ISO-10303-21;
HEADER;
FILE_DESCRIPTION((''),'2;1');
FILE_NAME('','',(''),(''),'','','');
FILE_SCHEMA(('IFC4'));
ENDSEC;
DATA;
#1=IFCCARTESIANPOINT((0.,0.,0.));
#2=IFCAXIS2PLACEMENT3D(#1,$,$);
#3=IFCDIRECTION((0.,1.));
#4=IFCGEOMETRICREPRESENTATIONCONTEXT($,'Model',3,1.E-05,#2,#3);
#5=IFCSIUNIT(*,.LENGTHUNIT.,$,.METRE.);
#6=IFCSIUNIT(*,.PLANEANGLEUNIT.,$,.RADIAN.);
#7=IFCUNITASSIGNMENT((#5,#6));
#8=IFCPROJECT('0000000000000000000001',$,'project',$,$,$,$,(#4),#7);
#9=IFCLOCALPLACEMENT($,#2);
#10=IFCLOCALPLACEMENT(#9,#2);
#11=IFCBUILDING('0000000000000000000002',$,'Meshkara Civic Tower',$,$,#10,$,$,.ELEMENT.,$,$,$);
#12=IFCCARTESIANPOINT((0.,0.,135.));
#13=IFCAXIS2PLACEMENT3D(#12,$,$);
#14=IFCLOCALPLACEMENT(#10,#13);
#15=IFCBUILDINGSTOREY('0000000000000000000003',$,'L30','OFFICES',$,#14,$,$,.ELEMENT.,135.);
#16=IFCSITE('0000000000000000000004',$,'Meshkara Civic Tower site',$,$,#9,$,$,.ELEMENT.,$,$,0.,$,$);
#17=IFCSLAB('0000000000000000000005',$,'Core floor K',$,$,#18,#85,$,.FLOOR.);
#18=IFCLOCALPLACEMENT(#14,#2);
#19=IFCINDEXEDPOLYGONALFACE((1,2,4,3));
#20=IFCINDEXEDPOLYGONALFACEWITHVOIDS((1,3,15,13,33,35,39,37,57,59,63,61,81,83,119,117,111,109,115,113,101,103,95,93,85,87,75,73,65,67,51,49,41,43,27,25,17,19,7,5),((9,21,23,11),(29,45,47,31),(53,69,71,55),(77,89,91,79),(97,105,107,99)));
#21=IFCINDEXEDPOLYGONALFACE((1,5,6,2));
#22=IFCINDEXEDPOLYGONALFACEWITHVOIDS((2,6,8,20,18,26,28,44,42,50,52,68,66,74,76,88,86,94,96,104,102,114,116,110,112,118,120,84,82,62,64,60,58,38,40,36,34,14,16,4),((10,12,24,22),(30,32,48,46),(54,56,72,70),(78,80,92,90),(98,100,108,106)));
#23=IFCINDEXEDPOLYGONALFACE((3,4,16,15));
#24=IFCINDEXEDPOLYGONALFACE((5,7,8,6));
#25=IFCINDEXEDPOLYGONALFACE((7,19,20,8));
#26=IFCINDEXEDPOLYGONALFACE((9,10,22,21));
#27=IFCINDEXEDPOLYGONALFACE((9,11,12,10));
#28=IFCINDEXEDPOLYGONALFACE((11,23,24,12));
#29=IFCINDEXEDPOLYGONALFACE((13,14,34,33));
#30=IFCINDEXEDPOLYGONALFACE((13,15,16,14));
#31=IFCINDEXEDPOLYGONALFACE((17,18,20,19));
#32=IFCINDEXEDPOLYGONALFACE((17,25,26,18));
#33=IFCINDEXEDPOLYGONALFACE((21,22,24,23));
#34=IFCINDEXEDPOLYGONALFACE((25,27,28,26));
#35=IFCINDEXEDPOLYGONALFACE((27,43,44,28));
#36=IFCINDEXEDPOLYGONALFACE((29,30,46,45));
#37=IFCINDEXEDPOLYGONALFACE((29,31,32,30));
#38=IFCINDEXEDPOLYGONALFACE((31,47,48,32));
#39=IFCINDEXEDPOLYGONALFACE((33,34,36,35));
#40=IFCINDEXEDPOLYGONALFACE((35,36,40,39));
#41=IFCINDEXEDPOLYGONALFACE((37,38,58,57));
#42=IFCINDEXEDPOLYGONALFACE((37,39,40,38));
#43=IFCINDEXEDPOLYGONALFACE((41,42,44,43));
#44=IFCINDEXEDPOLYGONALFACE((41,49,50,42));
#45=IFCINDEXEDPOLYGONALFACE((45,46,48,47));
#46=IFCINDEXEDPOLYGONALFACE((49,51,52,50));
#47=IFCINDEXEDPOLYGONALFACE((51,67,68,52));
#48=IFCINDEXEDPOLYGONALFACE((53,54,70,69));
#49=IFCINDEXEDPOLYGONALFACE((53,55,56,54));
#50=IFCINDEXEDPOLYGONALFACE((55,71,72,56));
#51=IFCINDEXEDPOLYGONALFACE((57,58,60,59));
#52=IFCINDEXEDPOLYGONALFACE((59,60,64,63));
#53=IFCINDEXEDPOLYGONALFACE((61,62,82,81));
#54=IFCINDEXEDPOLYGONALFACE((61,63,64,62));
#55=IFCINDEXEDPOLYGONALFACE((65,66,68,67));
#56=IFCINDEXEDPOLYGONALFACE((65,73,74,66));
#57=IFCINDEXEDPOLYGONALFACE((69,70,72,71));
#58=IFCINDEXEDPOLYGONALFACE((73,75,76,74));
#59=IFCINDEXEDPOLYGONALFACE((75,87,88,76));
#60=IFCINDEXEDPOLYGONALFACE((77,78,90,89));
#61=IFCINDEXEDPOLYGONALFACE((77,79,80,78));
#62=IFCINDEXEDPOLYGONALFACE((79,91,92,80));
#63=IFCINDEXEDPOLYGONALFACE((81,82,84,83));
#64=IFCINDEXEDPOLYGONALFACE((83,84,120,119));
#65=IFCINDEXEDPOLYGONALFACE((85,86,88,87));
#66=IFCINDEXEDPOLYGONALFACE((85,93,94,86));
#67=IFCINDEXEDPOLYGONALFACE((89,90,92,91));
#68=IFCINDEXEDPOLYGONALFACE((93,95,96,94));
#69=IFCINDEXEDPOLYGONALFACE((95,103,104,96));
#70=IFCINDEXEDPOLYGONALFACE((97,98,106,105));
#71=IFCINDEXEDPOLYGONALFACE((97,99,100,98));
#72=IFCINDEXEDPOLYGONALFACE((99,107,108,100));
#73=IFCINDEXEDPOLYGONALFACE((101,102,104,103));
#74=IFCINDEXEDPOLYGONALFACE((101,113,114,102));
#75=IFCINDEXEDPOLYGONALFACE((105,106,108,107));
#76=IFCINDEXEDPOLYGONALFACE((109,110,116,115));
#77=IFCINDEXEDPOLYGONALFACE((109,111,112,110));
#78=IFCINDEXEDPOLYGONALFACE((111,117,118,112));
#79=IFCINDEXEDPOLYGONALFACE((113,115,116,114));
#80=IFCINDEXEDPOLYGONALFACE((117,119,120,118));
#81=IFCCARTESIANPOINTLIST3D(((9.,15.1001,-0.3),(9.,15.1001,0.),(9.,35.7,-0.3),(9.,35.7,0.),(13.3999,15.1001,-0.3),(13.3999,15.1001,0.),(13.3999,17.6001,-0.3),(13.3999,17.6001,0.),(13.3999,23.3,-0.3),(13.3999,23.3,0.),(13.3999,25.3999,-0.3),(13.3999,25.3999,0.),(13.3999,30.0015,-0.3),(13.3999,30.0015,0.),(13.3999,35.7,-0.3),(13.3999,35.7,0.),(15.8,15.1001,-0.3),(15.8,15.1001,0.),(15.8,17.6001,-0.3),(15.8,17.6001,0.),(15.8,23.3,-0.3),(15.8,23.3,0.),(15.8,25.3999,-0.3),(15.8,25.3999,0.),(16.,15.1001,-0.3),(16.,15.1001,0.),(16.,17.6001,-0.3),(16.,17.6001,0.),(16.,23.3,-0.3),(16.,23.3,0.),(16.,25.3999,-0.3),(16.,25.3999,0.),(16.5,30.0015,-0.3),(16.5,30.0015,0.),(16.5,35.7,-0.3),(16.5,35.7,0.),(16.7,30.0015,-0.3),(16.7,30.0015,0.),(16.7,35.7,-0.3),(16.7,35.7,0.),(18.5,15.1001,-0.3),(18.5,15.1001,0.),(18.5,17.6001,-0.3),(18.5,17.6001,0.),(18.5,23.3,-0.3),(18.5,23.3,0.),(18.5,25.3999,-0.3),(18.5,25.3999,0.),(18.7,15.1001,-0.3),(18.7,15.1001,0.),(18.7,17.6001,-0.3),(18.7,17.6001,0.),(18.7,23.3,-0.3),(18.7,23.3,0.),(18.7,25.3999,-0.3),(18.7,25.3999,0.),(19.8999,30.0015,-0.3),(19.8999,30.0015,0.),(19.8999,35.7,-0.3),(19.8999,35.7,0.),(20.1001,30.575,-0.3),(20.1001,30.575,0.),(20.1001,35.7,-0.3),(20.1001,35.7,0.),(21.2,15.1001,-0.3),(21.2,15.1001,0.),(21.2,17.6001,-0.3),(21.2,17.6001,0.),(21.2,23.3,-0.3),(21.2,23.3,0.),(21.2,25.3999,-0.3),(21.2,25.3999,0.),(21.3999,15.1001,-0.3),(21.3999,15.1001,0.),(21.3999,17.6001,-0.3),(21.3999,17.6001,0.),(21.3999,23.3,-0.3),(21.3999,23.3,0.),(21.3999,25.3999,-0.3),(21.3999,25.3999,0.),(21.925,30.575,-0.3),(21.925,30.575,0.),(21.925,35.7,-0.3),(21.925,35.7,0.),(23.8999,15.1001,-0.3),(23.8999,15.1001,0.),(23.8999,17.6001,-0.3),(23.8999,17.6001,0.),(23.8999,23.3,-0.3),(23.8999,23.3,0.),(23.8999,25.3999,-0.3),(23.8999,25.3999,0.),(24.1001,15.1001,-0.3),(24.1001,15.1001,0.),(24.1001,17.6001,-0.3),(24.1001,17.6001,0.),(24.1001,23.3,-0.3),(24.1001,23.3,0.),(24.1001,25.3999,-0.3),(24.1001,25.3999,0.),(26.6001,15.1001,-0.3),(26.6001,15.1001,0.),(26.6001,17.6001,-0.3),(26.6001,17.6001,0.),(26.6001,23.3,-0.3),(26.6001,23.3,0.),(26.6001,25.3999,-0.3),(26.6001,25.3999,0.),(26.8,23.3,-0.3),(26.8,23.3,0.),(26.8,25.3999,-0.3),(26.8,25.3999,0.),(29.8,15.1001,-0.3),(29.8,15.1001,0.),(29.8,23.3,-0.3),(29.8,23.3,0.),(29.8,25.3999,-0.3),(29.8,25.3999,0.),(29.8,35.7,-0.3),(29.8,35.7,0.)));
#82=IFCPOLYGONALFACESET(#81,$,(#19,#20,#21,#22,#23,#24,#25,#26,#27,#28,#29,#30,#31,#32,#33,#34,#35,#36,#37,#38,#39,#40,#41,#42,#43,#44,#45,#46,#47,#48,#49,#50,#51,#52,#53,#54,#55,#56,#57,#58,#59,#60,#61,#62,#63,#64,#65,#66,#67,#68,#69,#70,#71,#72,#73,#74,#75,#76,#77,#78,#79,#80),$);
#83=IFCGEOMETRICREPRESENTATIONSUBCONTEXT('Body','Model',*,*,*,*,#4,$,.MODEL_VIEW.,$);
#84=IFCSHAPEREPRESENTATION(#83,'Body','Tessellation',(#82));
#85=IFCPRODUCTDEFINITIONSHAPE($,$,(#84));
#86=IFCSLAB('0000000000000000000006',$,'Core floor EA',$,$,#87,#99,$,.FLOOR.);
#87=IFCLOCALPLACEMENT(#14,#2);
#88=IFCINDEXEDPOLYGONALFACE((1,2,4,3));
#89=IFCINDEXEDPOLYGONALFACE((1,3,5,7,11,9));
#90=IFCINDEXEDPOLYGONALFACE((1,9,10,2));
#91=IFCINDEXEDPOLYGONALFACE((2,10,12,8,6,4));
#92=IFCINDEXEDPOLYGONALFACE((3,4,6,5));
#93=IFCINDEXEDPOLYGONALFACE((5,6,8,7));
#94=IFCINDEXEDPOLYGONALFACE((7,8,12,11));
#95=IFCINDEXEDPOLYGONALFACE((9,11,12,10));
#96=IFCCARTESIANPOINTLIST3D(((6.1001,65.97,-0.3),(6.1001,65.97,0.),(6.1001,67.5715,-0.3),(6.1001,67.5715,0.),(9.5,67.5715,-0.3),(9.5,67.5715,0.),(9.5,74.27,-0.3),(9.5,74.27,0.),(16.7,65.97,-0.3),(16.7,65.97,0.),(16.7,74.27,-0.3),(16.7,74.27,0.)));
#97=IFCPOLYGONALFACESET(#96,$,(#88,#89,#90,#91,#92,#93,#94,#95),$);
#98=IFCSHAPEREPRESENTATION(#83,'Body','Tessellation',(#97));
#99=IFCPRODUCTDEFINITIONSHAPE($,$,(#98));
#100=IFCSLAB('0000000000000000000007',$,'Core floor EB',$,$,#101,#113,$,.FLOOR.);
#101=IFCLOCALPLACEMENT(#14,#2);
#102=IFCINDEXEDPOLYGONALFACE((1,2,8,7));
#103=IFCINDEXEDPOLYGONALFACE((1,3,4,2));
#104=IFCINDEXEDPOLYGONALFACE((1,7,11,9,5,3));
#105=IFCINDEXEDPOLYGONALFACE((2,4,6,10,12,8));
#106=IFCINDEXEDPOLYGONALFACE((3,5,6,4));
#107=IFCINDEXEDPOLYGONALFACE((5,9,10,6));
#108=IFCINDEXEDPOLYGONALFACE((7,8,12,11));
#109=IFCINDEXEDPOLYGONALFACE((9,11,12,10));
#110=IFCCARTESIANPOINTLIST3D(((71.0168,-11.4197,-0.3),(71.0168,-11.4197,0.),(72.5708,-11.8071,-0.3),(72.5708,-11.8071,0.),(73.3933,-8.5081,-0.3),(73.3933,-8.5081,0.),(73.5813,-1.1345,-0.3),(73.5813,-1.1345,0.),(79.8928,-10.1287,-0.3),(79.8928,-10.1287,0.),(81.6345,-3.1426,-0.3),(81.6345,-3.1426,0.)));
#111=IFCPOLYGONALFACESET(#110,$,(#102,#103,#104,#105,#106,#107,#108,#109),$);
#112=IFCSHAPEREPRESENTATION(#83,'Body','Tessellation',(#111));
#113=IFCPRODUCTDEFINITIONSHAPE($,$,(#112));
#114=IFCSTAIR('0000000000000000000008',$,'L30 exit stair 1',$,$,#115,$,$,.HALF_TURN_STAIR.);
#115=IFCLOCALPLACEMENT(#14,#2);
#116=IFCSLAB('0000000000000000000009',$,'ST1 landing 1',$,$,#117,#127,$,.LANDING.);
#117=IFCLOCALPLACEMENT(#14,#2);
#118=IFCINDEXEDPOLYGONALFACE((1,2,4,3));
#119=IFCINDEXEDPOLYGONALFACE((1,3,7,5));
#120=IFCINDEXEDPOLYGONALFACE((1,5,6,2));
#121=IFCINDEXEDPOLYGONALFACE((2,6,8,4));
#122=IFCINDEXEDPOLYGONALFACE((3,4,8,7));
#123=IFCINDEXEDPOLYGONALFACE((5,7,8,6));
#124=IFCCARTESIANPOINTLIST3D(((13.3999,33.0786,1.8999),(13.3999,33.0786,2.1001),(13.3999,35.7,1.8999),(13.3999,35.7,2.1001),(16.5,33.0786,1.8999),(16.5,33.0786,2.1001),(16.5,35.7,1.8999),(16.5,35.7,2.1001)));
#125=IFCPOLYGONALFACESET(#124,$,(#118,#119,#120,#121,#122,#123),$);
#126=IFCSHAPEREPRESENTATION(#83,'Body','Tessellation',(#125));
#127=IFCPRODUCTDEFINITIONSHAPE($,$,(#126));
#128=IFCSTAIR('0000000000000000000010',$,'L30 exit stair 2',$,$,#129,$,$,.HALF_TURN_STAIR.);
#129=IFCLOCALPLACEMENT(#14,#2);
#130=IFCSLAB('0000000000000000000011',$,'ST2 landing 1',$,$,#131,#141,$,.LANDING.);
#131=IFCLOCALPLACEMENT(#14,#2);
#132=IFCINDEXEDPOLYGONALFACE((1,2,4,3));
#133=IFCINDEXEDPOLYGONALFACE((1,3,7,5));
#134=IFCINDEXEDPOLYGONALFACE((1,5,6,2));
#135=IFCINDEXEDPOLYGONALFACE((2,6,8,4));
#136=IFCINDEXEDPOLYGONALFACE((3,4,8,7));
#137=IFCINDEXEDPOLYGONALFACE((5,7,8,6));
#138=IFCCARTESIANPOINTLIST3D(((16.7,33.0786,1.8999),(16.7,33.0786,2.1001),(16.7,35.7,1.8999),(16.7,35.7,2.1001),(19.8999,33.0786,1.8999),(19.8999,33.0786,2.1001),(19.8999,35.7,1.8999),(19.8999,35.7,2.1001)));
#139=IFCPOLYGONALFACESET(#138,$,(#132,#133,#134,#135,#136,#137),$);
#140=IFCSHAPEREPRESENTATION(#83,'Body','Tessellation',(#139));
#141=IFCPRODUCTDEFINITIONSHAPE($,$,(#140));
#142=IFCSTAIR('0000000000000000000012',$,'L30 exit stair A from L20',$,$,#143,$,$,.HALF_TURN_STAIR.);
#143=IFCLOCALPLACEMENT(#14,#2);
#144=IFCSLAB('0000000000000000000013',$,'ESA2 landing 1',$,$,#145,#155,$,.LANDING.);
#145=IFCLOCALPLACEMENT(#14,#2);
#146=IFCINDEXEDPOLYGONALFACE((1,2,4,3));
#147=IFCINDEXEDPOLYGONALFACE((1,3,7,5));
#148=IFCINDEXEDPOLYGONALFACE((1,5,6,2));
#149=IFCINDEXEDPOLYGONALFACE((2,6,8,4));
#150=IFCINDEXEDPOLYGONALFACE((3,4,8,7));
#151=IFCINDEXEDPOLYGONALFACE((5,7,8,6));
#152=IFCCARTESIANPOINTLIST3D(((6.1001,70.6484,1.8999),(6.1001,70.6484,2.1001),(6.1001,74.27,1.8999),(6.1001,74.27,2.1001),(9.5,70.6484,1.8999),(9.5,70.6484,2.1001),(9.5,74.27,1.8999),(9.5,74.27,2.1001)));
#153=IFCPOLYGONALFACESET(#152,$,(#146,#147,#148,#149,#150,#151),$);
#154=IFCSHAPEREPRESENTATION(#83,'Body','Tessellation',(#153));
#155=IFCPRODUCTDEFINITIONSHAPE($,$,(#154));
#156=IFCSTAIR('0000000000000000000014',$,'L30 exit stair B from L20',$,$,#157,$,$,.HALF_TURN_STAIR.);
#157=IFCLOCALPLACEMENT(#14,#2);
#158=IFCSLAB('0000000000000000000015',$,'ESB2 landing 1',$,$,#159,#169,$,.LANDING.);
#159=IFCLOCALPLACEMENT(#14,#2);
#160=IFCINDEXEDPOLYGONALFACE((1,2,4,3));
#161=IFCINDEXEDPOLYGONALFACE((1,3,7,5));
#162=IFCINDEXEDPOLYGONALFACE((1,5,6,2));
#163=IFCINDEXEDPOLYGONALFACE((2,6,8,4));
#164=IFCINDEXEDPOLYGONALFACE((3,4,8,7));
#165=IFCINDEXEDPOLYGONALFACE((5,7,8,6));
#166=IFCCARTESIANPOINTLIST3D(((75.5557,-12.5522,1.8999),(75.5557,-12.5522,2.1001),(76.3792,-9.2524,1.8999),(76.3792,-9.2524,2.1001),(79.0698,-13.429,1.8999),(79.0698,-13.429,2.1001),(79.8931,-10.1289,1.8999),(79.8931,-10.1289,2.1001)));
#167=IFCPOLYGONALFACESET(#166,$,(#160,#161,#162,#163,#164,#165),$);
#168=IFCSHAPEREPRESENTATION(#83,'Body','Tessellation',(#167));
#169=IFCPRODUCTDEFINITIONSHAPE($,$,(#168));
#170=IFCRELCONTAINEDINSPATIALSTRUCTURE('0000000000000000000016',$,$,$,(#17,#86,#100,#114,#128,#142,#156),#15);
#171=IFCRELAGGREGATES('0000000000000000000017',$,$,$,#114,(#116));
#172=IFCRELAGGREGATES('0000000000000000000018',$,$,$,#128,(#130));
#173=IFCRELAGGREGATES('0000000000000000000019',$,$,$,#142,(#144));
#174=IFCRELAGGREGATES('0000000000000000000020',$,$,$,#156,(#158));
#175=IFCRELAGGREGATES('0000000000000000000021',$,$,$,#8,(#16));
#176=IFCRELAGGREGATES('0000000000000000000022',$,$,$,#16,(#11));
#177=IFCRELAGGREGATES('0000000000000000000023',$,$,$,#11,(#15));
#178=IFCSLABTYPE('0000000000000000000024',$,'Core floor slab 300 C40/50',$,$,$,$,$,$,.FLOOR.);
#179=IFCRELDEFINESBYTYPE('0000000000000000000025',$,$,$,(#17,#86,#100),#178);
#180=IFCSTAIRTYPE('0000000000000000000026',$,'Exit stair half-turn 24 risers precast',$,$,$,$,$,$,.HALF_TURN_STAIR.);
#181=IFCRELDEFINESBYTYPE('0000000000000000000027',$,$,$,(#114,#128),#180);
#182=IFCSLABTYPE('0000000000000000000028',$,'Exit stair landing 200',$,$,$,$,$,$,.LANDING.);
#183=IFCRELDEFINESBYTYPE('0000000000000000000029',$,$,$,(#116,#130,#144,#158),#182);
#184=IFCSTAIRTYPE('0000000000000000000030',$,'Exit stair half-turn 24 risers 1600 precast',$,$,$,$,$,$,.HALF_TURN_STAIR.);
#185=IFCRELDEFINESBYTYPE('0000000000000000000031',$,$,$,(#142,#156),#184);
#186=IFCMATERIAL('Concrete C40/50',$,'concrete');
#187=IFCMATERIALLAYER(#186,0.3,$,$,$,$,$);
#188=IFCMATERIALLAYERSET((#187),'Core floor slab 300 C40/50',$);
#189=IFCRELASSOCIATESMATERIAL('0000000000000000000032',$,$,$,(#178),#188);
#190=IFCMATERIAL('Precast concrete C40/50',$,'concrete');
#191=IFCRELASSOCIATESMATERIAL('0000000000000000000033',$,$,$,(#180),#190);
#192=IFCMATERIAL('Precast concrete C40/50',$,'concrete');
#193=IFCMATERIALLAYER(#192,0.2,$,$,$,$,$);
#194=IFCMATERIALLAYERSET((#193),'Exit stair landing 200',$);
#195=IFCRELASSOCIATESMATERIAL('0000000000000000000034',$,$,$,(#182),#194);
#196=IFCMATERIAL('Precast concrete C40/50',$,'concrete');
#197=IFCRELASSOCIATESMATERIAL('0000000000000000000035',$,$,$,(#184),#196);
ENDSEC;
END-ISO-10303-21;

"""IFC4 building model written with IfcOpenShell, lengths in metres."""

from ifc_helpers import new_model, si_unit, direction, frame, origin, place, context, subcontext, project, spatial, polyline, outline, extrude, material, layer, layer_set, type_object, element, aggregate, save


model = new_model("IFC4")

# Units and contexts
model_context = context("Model", 3, precision=1e-05, world=origin(), true_north=direction((0.0, 1.0)))
body_context = subcontext(model_context, "Body", "Model", "MODEL_VIEW")
ifc_project = project(units=[si_unit("LENGTHUNIT", "METRE"), si_unit("PLANEANGLEUNIT", "RADIAN")], contexts=[model_context])

# Site, building, storey
site_placement = place(None, origin())
site = spatial("IfcSite", under=ifc_project, at=site_placement, Name="Meshkara Civic Tower site", CompositionType="ELEMENT", RefElevation=0.0)
building_placement = place(site_placement, origin())
building = spatial("IfcBuilding", under=site, at=building_placement, Name="Meshkara Civic Tower", CompositionType="ELEMENT")
storey_placement = place(building_placement, frame((0.0, 0.0, 135.0)))
storey = spatial("IfcBuildingStorey", under=building, at=storey_placement, Name="L30", Description="OFFICES", CompositionType="ELEMENT", Elevation=135.0)

# Slabs
ifc_material_1 = material(Name="Concrete C40/50", Category="concrete")
ifc_layer_1 = layer(ifc_material_1, 0.3)
ifc_layer_set_1 = layer_set([ifc_layer_1], Name="Core floor slab 300 C40/50")
slab_type_1 = type_object("IfcSlabType", Name="Core floor slab 300 C40/50", PredefinedType="FLOOR", material=ifc_layer_set_1)
slab_1_placement = place(storey_placement, frame((0.0, 0.0, -0.3)))
element("IfcSlab", 1, at=slab_1_placement, inside=storey, type_object=slab_type_1, Name="Core floor K", PredefinedType="FLOOR", context=body_context, shape_type="SweptSolid", body=[
    extrude(outline(polyline([(9.0, 35.7), (13.3999, 35.7), (13.3999, 30.0015), (16.5, 30.0015), (16.5, 35.7), (16.7, 35.7), (16.7, 30.0015), (19.8999, 30.0015), (19.8999, 35.7), (20.1001, 35.7), (20.1001, 30.575), (21.925, 30.575), (21.925, 35.7), (29.8, 35.7), (29.8, 25.3999), (26.8, 25.3999), (26.8, 23.3), (29.8, 23.3), (29.8, 15.1001), (26.6001, 15.1001), (26.6001, 17.6001), (24.1001, 17.6001), (24.1001, 15.1001), (23.8999, 15.1001), (23.8999, 17.6001), (21.3999, 17.6001), (21.3999, 15.1001), (21.2, 15.1001), (21.2, 17.6001), (18.7, 17.6001), (18.7, 15.1001), (18.5, 15.1001), (18.5, 17.6001), (16.0, 17.6001), (16.0, 15.1001), (15.8, 15.1001), (15.8, 17.6001), (13.3999, 17.6001), (13.3999, 15.1001), (9.0, 15.1001), (9.0, 35.7)]), holes=[polyline([(13.3999, 25.3999), (13.3999, 23.3), (15.8, 23.3), (15.8, 25.3999), (13.3999, 25.3999)]), polyline([(18.5, 23.3), (18.5, 25.3999), (16.0, 25.3999), (16.0, 23.3), (18.5, 23.3)]), polyline([(18.7, 25.3999), (18.7, 23.3), (21.2, 23.3), (21.2, 25.3999), (18.7, 25.3999)]), polyline([(23.8999, 25.3999), (21.3999, 25.3999), (21.3999, 23.3), (23.8999, 23.3), (23.8999, 25.3999)]), polyline([(24.1001, 23.3), (26.6001, 23.3), (26.6001, 25.3999), (24.1001, 25.3999), (24.1001, 23.3)])]), origin(), (0.0, 0.0, 1.0), 0.3),
])
slab_2_placement = place(storey_placement, frame((0.0, 0.0, -0.3)))
element("IfcSlab", 2, at=slab_2_placement, inside=storey, type_object=slab_type_1, Name="Core floor EA", PredefinedType="FLOOR", context=body_context, shape_type="SweptSolid", body=[
    extrude(outline(polyline([(16.7, 65.97), (16.7, 74.27), (9.5, 74.27), (9.5, 67.5715), (6.1001, 67.5715), (6.1001, 65.97), (16.7, 65.97)])), origin(), (0.0, 0.0, 1.0), 0.3),
])
slab_3_placement = place(storey_placement, frame((0.0, 0.0, -0.3)))
element("IfcSlab", 3, at=slab_3_placement, inside=storey, type_object=slab_type_1, Name="Core floor EB", PredefinedType="FLOOR", context=body_context, shape_type="SweptSolid", body=[
    extrude(outline(polyline([(73.5813, -1.1345), (81.6345, -3.1426), (79.8928, -10.1287), (73.3933, -8.5081), (72.5708, -11.8071), (71.0168, -11.4197), (73.5813, -1.1345)])), origin(), (0.0, 0.0, 1.0), 0.3),
])

# Stairs, slabs
ifc_material_2 = material(Name="Precast concrete C40/50", Category="concrete")
stair_type_1 = type_object("IfcStairType", Name="Exit stair half-turn 24 risers precast", PredefinedType="HALF_TURN_STAIR", material=ifc_material_2)
stair_1_placement = place(storey_placement, origin())
stair_1 = element("IfcStair", 4, at=stair_1_placement, inside=storey, type_object=stair_type_1, Name="L30 exit stair 1", PredefinedType="HALF_TURN_STAIR")
ifc_material_3 = material(Name="Precast concrete C40/50", Category="concrete")
ifc_layer_2 = layer(ifc_material_3, 0.2)
ifc_layer_set_2 = layer_set([ifc_layer_2], Name="Exit stair landing 200")
slab_type_2 = type_object("IfcSlabType", Name="Exit stair landing 200", PredefinedType="LANDING", material=ifc_layer_set_2)
slab_4_placement = place(storey_placement, frame((0.0, 0.0, 1.8999)))
slab_4 = element("IfcSlab", 5, at=slab_4_placement, type_object=slab_type_2, Name="ST1 landing 1", PredefinedType="LANDING", context=body_context, shape_type="SweptSolid", body=[
    extrude(outline(polyline([(16.5, 33.0786), (16.5, 35.7), (13.3999, 35.7), (13.3999, 33.0786), (16.5, 33.0786)])), origin(), (0.0, 0.0, 1.0), 0.2002),
])
aggregate(stair_1, [slab_4])
stair_2_placement = place(storey_placement, origin())
stair_2 = element("IfcStair", 6, at=stair_2_placement, inside=storey, type_object=stair_type_1, Name="L30 exit stair 2", PredefinedType="HALF_TURN_STAIR")
slab_5_placement = place(storey_placement, frame((0.0, 0.0, 1.8999)))
slab_5 = element("IfcSlab", 7, at=slab_5_placement, type_object=slab_type_2, Name="ST2 landing 1", PredefinedType="LANDING", context=body_context, shape_type="SweptSolid", body=[
    extrude(outline(polyline([(19.8999, 33.0786), (19.8999, 35.7), (16.7, 35.7), (16.7, 33.0786), (19.8999, 33.0786)])), origin(), (0.0, 0.0, 1.0), 0.2002),
])
aggregate(stair_2, [slab_5])
ifc_material_4 = material(Name="Precast concrete C40/50", Category="concrete")
stair_type_2 = type_object("IfcStairType", Name="Exit stair half-turn 24 risers 1600 precast", PredefinedType="HALF_TURN_STAIR", material=ifc_material_4)
stair_3_placement = place(storey_placement, origin())
stair_3 = element("IfcStair", 8, at=stair_3_placement, inside=storey, type_object=stair_type_2, Name="L30 exit stair A from L20", PredefinedType="HALF_TURN_STAIR")
slab_6_placement = place(storey_placement, frame((0.0, 0.0, 1.8999)))
slab_6 = element("IfcSlab", 9, at=slab_6_placement, type_object=slab_type_2, Name="ESA2 landing 1", PredefinedType="LANDING", context=body_context, shape_type="SweptSolid", body=[
    extrude(outline(polyline([(9.5, 70.6484), (9.5, 74.27), (6.1001, 74.27), (6.1001, 70.6484), (9.5, 70.6484)])), origin(), (0.0, 0.0, 1.0), 0.2002),
])
aggregate(stair_3, [slab_6])
stair_4_placement = place(storey_placement, origin())
stair_4 = element("IfcStair", 10, at=stair_4_placement, inside=storey, type_object=stair_type_2, Name="L30 exit stair B from L20", PredefinedType="HALF_TURN_STAIR")
slab_7_placement = place(storey_placement, frame((0.0, 0.0, 1.8999)))
slab_7 = element("IfcSlab", 11, at=slab_7_placement, type_object=slab_type_2, Name="ESB2 landing 1", PredefinedType="LANDING", context=body_context, shape_type="SweptSolid", body=[
    extrude(outline(polyline([(75.5557, -12.5522), (79.0698, -13.429), (79.8931, -10.1289), (76.3792, -9.2524), (75.5557, -12.5522)])), origin(), (0.0, 0.0, 1.0), 0.2002),
])
aggregate(stair_4, [slab_7])

save(model, "model.ifc")
